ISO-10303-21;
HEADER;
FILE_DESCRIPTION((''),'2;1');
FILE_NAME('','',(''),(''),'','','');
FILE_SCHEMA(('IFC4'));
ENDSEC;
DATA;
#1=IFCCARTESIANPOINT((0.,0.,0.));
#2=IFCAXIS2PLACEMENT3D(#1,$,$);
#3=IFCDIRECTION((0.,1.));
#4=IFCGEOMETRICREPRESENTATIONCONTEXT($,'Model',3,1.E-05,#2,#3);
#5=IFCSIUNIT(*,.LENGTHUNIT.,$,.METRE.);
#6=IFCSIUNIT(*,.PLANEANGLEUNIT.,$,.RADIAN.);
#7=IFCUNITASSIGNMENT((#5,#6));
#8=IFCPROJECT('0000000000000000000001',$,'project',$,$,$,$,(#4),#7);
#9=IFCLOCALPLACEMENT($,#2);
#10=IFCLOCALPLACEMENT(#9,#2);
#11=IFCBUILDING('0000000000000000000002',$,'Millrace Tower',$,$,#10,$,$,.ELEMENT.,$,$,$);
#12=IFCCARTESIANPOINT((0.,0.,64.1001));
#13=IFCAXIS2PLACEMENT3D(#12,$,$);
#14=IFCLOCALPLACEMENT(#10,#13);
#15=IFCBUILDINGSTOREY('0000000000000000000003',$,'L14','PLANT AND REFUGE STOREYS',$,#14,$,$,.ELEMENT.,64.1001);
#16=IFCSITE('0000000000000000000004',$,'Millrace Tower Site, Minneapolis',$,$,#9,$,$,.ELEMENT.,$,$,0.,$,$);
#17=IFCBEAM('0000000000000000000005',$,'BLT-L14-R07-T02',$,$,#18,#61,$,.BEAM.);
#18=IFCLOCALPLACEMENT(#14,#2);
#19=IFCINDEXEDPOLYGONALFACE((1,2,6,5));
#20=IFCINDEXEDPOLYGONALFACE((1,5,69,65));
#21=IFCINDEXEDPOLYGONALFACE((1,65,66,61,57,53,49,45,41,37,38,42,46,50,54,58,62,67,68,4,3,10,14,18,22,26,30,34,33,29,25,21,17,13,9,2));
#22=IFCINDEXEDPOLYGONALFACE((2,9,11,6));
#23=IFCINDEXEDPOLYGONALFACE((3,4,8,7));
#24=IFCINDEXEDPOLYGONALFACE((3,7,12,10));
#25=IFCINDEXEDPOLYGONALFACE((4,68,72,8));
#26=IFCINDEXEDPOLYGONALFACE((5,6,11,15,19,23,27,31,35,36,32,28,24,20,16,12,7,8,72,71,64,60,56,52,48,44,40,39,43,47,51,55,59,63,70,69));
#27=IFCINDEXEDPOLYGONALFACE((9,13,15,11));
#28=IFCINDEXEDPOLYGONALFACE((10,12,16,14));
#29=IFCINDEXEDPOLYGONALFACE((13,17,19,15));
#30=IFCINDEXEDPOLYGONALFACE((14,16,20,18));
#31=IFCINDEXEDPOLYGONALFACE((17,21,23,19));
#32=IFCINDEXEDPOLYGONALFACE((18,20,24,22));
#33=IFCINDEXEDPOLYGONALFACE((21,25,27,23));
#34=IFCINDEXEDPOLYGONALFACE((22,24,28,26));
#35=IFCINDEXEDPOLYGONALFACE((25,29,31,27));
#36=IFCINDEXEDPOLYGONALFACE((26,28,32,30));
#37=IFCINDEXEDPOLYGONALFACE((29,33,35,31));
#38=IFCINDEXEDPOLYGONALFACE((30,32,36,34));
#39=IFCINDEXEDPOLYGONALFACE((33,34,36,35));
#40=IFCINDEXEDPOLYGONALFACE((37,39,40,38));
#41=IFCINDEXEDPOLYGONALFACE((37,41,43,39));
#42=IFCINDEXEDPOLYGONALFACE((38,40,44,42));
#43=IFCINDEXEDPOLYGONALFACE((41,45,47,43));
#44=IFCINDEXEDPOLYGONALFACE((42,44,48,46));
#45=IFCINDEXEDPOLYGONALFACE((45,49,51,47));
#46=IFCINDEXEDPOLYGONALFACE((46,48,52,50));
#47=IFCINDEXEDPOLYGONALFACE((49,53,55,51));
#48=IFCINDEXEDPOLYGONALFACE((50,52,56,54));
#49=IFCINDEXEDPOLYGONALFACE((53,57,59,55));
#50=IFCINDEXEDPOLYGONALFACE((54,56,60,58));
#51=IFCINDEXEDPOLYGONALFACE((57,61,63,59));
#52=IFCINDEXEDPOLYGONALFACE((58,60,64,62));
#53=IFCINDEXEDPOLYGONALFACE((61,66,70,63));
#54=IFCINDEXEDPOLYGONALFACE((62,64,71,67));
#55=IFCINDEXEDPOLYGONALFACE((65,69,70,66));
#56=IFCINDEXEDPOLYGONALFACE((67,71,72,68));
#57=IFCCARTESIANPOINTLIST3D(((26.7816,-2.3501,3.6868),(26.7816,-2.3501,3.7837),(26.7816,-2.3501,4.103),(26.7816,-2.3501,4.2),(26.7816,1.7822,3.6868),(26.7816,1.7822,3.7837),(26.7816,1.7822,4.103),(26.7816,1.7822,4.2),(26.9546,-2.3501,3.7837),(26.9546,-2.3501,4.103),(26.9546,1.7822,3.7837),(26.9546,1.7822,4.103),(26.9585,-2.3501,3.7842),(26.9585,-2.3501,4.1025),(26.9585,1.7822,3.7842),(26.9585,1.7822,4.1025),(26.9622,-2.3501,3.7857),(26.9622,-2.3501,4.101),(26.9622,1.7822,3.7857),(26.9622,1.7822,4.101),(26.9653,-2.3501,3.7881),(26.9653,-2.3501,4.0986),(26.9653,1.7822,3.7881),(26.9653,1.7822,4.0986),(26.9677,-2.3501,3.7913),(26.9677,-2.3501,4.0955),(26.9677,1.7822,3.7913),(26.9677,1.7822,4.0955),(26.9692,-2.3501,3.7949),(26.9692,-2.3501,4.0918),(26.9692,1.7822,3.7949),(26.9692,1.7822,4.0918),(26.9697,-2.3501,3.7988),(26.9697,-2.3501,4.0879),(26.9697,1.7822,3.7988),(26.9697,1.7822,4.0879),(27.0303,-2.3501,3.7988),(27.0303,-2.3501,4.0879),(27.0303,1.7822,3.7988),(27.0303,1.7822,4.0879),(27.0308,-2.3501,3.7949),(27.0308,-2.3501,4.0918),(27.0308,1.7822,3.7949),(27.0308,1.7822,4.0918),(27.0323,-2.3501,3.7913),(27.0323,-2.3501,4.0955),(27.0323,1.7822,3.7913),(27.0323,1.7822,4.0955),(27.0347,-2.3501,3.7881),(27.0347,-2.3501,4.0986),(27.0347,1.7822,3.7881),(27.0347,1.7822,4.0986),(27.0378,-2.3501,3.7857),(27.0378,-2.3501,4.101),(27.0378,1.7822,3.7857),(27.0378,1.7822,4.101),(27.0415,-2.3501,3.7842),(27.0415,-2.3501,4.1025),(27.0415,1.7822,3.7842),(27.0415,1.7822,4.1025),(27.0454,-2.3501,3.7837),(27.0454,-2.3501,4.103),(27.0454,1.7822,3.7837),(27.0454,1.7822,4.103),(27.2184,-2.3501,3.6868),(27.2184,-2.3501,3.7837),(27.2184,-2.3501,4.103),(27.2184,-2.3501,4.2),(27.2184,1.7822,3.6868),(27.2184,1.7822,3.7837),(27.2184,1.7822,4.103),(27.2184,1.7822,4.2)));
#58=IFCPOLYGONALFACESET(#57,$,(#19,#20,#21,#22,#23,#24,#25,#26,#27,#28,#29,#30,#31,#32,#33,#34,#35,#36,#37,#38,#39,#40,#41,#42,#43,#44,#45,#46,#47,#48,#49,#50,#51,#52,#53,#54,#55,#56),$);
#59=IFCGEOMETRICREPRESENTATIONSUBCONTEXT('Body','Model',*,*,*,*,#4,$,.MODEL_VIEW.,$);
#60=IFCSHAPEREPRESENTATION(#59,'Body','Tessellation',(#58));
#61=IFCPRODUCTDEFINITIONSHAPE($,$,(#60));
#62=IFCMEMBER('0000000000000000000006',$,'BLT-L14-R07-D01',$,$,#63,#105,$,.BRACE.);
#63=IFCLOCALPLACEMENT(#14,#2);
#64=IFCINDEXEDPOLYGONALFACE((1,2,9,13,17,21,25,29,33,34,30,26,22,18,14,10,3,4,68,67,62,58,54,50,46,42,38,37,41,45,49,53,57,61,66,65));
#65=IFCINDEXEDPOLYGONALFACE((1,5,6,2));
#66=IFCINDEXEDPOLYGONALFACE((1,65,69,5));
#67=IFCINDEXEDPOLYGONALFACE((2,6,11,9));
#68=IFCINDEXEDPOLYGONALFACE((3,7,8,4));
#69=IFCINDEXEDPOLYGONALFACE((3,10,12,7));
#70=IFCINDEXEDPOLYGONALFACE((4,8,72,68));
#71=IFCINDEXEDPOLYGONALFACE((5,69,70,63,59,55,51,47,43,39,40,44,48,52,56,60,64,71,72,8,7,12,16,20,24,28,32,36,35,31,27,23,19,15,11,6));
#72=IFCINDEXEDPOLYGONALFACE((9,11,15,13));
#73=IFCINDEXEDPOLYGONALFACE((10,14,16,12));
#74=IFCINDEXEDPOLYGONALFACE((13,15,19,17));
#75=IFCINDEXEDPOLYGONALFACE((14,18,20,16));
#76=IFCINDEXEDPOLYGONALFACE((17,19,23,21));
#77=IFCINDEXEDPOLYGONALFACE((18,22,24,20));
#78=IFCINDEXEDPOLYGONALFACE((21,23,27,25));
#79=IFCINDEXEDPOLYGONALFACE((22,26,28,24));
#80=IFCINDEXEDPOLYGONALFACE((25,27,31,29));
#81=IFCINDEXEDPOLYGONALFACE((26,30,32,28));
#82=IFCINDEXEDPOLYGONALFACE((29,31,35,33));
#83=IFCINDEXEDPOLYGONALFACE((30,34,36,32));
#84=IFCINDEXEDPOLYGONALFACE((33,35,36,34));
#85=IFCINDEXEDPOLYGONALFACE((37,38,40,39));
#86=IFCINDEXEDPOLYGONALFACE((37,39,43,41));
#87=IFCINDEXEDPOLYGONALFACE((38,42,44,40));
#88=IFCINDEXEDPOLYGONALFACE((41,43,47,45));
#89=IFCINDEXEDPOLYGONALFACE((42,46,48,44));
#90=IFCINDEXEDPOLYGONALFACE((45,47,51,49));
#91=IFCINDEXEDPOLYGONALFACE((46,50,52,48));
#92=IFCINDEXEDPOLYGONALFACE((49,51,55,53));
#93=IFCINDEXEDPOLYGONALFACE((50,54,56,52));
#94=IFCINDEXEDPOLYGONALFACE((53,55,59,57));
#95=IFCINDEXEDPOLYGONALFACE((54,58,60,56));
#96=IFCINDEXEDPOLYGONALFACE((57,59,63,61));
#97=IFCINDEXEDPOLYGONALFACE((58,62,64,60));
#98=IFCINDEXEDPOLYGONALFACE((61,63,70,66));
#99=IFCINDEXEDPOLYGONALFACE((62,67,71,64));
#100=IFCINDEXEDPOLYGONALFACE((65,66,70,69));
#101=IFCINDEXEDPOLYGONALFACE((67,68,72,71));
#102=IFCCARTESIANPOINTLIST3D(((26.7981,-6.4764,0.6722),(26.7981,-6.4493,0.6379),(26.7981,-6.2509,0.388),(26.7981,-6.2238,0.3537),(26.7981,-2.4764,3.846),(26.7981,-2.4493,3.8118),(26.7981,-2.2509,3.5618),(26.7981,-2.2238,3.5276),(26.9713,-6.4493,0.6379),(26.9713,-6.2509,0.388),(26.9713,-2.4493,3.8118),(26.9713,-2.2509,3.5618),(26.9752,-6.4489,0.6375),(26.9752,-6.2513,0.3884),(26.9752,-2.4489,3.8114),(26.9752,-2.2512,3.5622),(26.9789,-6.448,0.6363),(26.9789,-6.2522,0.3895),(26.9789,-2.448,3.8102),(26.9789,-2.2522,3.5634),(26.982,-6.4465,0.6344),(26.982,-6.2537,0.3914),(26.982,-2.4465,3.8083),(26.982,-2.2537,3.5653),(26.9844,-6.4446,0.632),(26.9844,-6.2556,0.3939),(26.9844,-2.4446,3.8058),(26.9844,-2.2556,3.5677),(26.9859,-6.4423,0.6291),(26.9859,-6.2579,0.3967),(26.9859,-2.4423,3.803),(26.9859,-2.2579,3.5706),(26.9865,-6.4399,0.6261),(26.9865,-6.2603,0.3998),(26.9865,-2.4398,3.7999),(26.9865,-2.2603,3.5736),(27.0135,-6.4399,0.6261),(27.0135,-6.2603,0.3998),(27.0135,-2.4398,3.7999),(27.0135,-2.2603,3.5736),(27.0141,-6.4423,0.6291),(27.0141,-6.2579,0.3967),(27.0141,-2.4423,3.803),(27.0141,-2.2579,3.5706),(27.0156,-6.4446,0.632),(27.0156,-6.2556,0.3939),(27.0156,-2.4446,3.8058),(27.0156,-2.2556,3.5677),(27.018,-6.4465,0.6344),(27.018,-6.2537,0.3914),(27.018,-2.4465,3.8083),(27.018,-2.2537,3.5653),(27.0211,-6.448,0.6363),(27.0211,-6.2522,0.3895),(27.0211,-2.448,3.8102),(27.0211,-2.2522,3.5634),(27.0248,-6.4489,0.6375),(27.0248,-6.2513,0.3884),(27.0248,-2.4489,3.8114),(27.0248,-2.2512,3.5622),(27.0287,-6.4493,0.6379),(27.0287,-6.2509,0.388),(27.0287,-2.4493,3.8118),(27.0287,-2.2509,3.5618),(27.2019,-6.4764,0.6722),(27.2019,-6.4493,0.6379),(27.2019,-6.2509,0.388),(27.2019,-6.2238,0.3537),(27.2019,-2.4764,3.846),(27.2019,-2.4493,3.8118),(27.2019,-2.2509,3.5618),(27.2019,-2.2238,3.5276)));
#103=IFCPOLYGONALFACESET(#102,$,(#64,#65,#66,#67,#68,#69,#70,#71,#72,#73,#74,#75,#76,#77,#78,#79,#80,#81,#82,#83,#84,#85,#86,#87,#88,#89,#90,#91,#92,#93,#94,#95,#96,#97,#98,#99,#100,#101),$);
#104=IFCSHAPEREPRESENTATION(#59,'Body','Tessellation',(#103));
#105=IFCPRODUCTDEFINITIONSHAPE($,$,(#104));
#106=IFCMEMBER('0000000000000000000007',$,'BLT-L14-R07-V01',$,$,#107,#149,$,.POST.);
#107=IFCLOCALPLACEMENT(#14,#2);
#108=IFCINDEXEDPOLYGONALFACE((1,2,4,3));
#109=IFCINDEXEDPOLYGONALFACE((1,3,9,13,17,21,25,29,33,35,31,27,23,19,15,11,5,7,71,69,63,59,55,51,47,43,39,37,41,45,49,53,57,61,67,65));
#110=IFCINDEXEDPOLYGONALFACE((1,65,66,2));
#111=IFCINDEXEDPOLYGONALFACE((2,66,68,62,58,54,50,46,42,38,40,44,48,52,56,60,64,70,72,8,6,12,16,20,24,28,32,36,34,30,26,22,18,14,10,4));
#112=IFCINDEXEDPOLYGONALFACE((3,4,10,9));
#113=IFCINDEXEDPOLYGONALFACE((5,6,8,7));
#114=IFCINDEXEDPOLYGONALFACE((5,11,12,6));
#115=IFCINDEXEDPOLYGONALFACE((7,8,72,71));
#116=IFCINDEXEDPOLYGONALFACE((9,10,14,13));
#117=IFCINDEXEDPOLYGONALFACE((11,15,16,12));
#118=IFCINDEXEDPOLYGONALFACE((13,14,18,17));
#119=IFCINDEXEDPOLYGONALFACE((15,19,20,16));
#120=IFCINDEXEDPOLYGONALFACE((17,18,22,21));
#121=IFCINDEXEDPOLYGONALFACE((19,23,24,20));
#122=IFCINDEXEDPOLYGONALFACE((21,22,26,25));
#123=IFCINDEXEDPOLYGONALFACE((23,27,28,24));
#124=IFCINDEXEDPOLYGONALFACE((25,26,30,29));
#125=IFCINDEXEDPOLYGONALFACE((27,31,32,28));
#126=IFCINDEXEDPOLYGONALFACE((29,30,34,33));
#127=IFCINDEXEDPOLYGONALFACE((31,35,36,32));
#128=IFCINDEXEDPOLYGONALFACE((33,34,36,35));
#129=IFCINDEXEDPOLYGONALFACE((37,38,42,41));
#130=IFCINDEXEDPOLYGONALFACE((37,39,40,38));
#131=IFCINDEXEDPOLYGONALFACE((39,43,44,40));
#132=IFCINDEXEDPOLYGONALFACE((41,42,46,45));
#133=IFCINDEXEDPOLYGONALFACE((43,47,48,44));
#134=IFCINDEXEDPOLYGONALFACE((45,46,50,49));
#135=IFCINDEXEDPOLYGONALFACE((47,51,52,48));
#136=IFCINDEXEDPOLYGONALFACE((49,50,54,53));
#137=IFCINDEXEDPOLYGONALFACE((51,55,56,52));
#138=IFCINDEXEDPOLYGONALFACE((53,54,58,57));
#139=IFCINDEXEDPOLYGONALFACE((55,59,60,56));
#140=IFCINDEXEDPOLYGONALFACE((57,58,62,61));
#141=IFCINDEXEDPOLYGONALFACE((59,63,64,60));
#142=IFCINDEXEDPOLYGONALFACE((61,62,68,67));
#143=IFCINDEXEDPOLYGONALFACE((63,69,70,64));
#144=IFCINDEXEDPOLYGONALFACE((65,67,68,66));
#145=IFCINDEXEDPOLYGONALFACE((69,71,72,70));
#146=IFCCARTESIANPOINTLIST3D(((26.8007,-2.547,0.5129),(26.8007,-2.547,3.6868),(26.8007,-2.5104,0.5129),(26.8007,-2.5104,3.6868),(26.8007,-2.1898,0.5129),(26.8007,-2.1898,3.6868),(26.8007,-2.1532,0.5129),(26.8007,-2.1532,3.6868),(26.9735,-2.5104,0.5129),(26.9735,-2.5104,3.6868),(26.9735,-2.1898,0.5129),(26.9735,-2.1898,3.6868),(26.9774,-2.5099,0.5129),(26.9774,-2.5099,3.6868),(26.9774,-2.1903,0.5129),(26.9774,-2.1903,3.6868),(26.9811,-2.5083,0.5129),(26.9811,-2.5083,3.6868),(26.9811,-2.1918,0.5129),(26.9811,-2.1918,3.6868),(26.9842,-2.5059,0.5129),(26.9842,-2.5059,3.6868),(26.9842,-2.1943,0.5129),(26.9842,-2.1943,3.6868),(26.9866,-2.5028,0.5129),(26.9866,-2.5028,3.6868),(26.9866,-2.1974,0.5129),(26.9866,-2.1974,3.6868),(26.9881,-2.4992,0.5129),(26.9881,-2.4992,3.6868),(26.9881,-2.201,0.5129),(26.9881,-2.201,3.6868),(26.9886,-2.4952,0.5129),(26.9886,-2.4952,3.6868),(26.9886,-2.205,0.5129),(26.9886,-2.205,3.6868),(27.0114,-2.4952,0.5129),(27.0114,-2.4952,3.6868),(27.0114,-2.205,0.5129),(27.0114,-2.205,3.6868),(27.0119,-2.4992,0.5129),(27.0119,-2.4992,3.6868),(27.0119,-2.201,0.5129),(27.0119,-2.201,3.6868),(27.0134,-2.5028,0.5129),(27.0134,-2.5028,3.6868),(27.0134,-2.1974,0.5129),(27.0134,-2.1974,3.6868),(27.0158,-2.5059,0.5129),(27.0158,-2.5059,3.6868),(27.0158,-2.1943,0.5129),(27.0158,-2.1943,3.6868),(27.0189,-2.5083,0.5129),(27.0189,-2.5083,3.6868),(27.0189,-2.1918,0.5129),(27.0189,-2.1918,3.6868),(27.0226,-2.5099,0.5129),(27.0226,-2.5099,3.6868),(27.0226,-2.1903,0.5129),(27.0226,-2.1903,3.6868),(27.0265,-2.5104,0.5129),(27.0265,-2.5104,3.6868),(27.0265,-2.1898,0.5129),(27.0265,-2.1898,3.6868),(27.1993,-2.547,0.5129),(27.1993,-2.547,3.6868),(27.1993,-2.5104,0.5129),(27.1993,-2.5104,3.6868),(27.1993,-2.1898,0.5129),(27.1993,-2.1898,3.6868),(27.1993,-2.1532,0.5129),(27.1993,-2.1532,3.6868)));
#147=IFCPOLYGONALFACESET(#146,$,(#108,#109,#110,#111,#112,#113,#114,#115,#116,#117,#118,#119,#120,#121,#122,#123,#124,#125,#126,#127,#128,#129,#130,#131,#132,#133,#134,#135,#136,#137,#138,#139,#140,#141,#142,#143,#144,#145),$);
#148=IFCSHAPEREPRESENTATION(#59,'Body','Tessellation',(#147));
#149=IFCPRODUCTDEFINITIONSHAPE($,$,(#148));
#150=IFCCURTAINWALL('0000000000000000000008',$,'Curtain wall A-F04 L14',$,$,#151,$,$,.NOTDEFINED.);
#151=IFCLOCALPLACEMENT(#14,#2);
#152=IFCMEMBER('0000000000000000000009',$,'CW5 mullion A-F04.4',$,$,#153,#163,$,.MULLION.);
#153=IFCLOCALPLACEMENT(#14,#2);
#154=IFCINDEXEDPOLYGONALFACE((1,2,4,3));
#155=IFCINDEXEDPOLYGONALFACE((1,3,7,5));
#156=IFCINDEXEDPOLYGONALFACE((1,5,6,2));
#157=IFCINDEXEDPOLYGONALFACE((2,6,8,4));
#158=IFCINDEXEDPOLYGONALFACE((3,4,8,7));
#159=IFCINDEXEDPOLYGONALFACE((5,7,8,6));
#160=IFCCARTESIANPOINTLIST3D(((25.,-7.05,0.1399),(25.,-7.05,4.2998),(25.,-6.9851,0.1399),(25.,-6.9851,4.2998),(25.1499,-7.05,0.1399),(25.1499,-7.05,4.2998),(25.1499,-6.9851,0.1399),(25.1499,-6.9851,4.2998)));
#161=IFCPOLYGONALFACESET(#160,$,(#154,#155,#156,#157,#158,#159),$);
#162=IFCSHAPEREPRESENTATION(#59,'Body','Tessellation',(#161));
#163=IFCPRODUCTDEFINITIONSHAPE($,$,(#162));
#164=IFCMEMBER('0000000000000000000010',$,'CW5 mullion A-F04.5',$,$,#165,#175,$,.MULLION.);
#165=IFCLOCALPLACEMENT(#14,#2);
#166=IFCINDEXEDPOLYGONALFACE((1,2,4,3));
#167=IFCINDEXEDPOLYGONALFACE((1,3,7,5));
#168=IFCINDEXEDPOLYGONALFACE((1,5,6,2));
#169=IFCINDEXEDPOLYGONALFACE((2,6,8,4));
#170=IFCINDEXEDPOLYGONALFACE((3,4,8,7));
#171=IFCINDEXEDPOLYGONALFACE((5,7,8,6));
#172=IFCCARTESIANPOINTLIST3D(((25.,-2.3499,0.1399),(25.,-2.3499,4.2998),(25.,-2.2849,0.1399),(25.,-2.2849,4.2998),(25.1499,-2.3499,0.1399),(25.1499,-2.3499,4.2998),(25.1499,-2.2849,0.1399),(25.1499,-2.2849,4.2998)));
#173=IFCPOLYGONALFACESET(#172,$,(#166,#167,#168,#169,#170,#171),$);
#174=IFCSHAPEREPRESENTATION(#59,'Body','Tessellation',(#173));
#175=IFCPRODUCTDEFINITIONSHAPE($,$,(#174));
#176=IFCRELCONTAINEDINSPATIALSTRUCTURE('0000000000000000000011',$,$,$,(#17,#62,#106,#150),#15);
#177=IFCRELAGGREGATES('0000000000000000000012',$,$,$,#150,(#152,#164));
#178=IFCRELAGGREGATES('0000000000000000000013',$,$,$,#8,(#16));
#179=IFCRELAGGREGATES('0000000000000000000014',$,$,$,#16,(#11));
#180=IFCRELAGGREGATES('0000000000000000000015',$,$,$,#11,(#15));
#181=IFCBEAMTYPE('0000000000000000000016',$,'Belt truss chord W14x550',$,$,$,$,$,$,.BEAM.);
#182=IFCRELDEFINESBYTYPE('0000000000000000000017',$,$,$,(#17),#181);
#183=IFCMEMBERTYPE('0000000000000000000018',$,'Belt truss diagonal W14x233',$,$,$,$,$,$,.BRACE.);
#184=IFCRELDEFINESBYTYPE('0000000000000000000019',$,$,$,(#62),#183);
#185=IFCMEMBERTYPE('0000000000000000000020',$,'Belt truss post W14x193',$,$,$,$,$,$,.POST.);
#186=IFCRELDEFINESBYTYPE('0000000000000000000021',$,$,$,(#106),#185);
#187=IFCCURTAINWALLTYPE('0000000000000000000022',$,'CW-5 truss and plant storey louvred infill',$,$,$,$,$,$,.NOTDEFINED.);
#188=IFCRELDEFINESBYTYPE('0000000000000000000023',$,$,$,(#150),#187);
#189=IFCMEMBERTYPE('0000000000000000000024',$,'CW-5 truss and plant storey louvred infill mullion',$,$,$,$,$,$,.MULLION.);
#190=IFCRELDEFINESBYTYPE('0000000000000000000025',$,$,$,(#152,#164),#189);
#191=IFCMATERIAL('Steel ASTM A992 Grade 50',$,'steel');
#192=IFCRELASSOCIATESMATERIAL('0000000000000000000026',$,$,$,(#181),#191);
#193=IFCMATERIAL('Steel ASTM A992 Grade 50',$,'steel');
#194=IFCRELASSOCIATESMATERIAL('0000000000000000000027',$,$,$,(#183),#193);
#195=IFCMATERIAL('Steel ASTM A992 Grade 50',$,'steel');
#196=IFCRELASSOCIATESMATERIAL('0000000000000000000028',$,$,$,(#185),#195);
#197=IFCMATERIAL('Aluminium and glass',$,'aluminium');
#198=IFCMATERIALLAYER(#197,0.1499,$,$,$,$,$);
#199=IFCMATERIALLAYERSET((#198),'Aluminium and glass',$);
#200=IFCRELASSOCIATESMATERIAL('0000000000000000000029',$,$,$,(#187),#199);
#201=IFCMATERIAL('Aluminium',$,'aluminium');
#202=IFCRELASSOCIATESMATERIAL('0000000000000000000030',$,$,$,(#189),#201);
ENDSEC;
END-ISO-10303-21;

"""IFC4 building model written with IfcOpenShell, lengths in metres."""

from ifc_helpers import new_model, si_unit, direction, frame, origin, origin_2d, place, context, subcontext, project, spatial, rectangle, i_section, extrude, material, layer, layer_set, material_profile, profile_set, type_object, element, aggregate, save


model = new_model("IFC4")

# Units and contexts
model_context = context("Model", 3, precision=1e-05, world=origin(), true_north=direction((0.0, 1.0)))
body_context = subcontext(model_context, "Body", "Model", "MODEL_VIEW")
ifc_project = project(units=[si_unit("LENGTHUNIT", "METRE"), si_unit("PLANEANGLEUNIT", "RADIAN")], contexts=[model_context])

# Site, building, storey
site_placement = place(None, origin())
site = spatial("IfcSite", under=ifc_project, at=site_placement, Name="Millrace Tower Site, Minneapolis", CompositionType="ELEMENT", RefElevation=0.0)
building_placement = place(site_placement, origin())
building = spatial("IfcBuilding", under=site, at=building_placement, Name="Millrace Tower", CompositionType="ELEMENT")
storey_placement = place(building_placement, frame((0.0, 0.0, 64.1001)))
storey = spatial("IfcBuildingStorey", under=building, at=storey_placement, Name="L14", Description="PLANT AND REFUGE STOREYS", CompositionType="ELEMENT", Elevation=64.1001)

# Beam
ifc_material_1 = material(Name="Steel ASTM A992 Grade 50", Category="steel")
ifc_material_profile_1 = material_profile(ifc_material_1, i_section(OverallWidth=0.4368, OverallDepth=0.5132, WebThickness=0.0605, FlangeThickness=0.0969, FilletRadius=0.0151, at=origin_2d()))
ifc_profile_set_1 = profile_set([ifc_material_profile_1], Name="Steel ASTM A992 Grade 50")
beam_type_1 = type_object("IfcBeamType", Name="Belt truss chord W14x550", PredefinedType="BEAM", material=ifc_profile_set_1)
beam_1_placement = place(storey_placement, frame((27.0, -2.3501, 3.9434), z_axis=(0.0, 1.0, 0.0), x_axis=(-1.0, 0.0, 0.0)))
element("IfcBeam", 1, at=beam_1_placement, inside=storey, type_object=beam_type_1, Name="BLT-L14-R07-T02", PredefinedType="BEAM", context=body_context, shape_type="SweptSolid", body=[
    extrude(i_section(OverallWidth=0.4368, OverallDepth=0.5132, WebThickness=0.0605, FlangeThickness=0.0969, FilletRadius=0.0151, at=origin_2d()), origin(), (0.0, 0.0, 1.0), 4.1323),
])

# Members
ifc_material_2 = material(Name="Steel ASTM A992 Grade 50", Category="steel")
ifc_material_profile_2 = material_profile(ifc_material_2, i_section(OverallWidth=0.4038, OverallDepth=0.4065, WebThickness=0.0271, FlangeThickness=0.0437, FilletRadius=0.0151, at=origin_2d()))
ifc_profile_set_2 = profile_set([ifc_material_profile_2], Name="Steel ASTM A992 Grade 50")
member_type_1 = type_object("IfcMemberType", Name="Belt truss diagonal W14x233", PredefinedType="BRACE", material=ifc_profile_set_2)
member_1_placement = place(storey_placement, frame((27.0, -6.3501, 0.5129), z_axis=(0.0, 0.783363, 0.621565), x_axis=(-1.0, 0.0, 0.0)))
element("IfcMember", 2, at=member_1_placement, inside=storey, type_object=member_type_1, Name="BLT-L14-R07-D01", PredefinedType="BRACE", context=body_context, shape_type="SweptSolid", body=[
    extrude(i_section(OverallWidth=0.4038, OverallDepth=0.4065, WebThickness=0.0271, FlangeThickness=0.0437, FilletRadius=0.0151, at=origin_2d()), origin(), (0.0, 0.0, 1.0), 5.1062),
])
ifc_material_3 = material(Name="Steel ASTM A992 Grade 50", Category="steel")
ifc_material_profile_3 = material_profile(ifc_material_3, i_section(OverallWidth=0.3987, OverallDepth=0.3938, WebThickness=0.0227, FlangeThickness=0.0366, FilletRadius=0.0151, at=origin_2d()))
ifc_profile_set_3 = profile_set([ifc_material_profile_3], Name="Steel ASTM A992 Grade 50")
member_type_2 = type_object("IfcMemberType", Name="Belt truss post W14x193", PredefinedType="POST", material=ifc_profile_set_3)
member_2_placement = place(storey_placement, frame((27.0, -2.3501, 0.5129), z_axis=(0.0, 0.0, 1.0), x_axis=(1.0, 0.0, 0.0)))
element("IfcMember", 3, at=member_2_placement, inside=storey, type_object=member_type_2, Name="BLT-L14-R07-V01", PredefinedType="POST", context=body_context, shape_type="SweptSolid", body=[
    extrude(i_section(OverallWidth=0.3987, OverallDepth=0.3938, WebThickness=0.0227, FlangeThickness=0.0366, FilletRadius=0.0151, at=origin_2d()), origin(), (0.0, 0.0, 1.0), 3.1738),
])

# Curtain wall, members
ifc_material_4 = material(Name="Aluminium and glass", Category="aluminium")
ifc_layer_1 = layer(ifc_material_4, 0.1499)
ifc_layer_set_1 = layer_set([ifc_layer_1], Name="Aluminium and glass")
curtain_wall_type = type_object("IfcCurtainWallType", Name="CW-5 truss and plant storey louvred infill", PredefinedType="NOTDEFINED", material=ifc_layer_set_1)
curtain_wall_placement = place(storey_placement, origin())
curtain_wall = element("IfcCurtainWall", 4, at=curtain_wall_placement, inside=storey, type_object=curtain_wall_type, Name="Curtain wall A-F04 L14", PredefinedType="NOTDEFINED")
ifc_material_5 = material(Name="Aluminium", Category="aluminium")
ifc_material_profile_4 = material_profile(ifc_material_5, rectangle(XDim=0.0649, YDim=0.1499, at=origin_2d()))
ifc_profile_set_4 = profile_set([ifc_material_profile_4], Name="Aluminium")
member_type_3 = type_object("IfcMemberType", Name="CW-5 truss and plant storey louvred infill mullion", PredefinedType="MULLION", material=ifc_profile_set_4)
member_3_placement = place(storey_placement, frame((25.075, -7.0176, 0.1399), z_axis=(0.0, 0.0, 1.0), x_axis=(0.0, 1.0, 0.0)))
member_3 = element("IfcMember", 5, at=member_3_placement, type_object=member_type_3, Name="CW5 mullion A-F04.4", PredefinedType="MULLION", context=body_context, shape_type="SweptSolid", body=[
    extrude(rectangle(XDim=0.0649, YDim=0.1499, at=origin_2d()), origin(), (0.0, 0.0, 1.0), 4.1599),
])
member_4_placement = place(storey_placement, frame((25.075, -2.3174, 0.1399), z_axis=(0.0, 0.0, 1.0), x_axis=(0.0, 1.0, 0.0)))
member_4 = element("IfcMember", 6, at=member_4_placement, type_object=member_type_3, Name="CW5 mullion A-F04.5", PredefinedType="MULLION", context=body_context, shape_type="SweptSolid", body=[
    extrude(rectangle(XDim=0.0649, YDim=0.1499, at=origin_2d()), origin(), (0.0, 0.0, 1.0), 4.1599),
])
aggregate(curtain_wall, [member_3, member_4])

save(model, "model.ifc")
